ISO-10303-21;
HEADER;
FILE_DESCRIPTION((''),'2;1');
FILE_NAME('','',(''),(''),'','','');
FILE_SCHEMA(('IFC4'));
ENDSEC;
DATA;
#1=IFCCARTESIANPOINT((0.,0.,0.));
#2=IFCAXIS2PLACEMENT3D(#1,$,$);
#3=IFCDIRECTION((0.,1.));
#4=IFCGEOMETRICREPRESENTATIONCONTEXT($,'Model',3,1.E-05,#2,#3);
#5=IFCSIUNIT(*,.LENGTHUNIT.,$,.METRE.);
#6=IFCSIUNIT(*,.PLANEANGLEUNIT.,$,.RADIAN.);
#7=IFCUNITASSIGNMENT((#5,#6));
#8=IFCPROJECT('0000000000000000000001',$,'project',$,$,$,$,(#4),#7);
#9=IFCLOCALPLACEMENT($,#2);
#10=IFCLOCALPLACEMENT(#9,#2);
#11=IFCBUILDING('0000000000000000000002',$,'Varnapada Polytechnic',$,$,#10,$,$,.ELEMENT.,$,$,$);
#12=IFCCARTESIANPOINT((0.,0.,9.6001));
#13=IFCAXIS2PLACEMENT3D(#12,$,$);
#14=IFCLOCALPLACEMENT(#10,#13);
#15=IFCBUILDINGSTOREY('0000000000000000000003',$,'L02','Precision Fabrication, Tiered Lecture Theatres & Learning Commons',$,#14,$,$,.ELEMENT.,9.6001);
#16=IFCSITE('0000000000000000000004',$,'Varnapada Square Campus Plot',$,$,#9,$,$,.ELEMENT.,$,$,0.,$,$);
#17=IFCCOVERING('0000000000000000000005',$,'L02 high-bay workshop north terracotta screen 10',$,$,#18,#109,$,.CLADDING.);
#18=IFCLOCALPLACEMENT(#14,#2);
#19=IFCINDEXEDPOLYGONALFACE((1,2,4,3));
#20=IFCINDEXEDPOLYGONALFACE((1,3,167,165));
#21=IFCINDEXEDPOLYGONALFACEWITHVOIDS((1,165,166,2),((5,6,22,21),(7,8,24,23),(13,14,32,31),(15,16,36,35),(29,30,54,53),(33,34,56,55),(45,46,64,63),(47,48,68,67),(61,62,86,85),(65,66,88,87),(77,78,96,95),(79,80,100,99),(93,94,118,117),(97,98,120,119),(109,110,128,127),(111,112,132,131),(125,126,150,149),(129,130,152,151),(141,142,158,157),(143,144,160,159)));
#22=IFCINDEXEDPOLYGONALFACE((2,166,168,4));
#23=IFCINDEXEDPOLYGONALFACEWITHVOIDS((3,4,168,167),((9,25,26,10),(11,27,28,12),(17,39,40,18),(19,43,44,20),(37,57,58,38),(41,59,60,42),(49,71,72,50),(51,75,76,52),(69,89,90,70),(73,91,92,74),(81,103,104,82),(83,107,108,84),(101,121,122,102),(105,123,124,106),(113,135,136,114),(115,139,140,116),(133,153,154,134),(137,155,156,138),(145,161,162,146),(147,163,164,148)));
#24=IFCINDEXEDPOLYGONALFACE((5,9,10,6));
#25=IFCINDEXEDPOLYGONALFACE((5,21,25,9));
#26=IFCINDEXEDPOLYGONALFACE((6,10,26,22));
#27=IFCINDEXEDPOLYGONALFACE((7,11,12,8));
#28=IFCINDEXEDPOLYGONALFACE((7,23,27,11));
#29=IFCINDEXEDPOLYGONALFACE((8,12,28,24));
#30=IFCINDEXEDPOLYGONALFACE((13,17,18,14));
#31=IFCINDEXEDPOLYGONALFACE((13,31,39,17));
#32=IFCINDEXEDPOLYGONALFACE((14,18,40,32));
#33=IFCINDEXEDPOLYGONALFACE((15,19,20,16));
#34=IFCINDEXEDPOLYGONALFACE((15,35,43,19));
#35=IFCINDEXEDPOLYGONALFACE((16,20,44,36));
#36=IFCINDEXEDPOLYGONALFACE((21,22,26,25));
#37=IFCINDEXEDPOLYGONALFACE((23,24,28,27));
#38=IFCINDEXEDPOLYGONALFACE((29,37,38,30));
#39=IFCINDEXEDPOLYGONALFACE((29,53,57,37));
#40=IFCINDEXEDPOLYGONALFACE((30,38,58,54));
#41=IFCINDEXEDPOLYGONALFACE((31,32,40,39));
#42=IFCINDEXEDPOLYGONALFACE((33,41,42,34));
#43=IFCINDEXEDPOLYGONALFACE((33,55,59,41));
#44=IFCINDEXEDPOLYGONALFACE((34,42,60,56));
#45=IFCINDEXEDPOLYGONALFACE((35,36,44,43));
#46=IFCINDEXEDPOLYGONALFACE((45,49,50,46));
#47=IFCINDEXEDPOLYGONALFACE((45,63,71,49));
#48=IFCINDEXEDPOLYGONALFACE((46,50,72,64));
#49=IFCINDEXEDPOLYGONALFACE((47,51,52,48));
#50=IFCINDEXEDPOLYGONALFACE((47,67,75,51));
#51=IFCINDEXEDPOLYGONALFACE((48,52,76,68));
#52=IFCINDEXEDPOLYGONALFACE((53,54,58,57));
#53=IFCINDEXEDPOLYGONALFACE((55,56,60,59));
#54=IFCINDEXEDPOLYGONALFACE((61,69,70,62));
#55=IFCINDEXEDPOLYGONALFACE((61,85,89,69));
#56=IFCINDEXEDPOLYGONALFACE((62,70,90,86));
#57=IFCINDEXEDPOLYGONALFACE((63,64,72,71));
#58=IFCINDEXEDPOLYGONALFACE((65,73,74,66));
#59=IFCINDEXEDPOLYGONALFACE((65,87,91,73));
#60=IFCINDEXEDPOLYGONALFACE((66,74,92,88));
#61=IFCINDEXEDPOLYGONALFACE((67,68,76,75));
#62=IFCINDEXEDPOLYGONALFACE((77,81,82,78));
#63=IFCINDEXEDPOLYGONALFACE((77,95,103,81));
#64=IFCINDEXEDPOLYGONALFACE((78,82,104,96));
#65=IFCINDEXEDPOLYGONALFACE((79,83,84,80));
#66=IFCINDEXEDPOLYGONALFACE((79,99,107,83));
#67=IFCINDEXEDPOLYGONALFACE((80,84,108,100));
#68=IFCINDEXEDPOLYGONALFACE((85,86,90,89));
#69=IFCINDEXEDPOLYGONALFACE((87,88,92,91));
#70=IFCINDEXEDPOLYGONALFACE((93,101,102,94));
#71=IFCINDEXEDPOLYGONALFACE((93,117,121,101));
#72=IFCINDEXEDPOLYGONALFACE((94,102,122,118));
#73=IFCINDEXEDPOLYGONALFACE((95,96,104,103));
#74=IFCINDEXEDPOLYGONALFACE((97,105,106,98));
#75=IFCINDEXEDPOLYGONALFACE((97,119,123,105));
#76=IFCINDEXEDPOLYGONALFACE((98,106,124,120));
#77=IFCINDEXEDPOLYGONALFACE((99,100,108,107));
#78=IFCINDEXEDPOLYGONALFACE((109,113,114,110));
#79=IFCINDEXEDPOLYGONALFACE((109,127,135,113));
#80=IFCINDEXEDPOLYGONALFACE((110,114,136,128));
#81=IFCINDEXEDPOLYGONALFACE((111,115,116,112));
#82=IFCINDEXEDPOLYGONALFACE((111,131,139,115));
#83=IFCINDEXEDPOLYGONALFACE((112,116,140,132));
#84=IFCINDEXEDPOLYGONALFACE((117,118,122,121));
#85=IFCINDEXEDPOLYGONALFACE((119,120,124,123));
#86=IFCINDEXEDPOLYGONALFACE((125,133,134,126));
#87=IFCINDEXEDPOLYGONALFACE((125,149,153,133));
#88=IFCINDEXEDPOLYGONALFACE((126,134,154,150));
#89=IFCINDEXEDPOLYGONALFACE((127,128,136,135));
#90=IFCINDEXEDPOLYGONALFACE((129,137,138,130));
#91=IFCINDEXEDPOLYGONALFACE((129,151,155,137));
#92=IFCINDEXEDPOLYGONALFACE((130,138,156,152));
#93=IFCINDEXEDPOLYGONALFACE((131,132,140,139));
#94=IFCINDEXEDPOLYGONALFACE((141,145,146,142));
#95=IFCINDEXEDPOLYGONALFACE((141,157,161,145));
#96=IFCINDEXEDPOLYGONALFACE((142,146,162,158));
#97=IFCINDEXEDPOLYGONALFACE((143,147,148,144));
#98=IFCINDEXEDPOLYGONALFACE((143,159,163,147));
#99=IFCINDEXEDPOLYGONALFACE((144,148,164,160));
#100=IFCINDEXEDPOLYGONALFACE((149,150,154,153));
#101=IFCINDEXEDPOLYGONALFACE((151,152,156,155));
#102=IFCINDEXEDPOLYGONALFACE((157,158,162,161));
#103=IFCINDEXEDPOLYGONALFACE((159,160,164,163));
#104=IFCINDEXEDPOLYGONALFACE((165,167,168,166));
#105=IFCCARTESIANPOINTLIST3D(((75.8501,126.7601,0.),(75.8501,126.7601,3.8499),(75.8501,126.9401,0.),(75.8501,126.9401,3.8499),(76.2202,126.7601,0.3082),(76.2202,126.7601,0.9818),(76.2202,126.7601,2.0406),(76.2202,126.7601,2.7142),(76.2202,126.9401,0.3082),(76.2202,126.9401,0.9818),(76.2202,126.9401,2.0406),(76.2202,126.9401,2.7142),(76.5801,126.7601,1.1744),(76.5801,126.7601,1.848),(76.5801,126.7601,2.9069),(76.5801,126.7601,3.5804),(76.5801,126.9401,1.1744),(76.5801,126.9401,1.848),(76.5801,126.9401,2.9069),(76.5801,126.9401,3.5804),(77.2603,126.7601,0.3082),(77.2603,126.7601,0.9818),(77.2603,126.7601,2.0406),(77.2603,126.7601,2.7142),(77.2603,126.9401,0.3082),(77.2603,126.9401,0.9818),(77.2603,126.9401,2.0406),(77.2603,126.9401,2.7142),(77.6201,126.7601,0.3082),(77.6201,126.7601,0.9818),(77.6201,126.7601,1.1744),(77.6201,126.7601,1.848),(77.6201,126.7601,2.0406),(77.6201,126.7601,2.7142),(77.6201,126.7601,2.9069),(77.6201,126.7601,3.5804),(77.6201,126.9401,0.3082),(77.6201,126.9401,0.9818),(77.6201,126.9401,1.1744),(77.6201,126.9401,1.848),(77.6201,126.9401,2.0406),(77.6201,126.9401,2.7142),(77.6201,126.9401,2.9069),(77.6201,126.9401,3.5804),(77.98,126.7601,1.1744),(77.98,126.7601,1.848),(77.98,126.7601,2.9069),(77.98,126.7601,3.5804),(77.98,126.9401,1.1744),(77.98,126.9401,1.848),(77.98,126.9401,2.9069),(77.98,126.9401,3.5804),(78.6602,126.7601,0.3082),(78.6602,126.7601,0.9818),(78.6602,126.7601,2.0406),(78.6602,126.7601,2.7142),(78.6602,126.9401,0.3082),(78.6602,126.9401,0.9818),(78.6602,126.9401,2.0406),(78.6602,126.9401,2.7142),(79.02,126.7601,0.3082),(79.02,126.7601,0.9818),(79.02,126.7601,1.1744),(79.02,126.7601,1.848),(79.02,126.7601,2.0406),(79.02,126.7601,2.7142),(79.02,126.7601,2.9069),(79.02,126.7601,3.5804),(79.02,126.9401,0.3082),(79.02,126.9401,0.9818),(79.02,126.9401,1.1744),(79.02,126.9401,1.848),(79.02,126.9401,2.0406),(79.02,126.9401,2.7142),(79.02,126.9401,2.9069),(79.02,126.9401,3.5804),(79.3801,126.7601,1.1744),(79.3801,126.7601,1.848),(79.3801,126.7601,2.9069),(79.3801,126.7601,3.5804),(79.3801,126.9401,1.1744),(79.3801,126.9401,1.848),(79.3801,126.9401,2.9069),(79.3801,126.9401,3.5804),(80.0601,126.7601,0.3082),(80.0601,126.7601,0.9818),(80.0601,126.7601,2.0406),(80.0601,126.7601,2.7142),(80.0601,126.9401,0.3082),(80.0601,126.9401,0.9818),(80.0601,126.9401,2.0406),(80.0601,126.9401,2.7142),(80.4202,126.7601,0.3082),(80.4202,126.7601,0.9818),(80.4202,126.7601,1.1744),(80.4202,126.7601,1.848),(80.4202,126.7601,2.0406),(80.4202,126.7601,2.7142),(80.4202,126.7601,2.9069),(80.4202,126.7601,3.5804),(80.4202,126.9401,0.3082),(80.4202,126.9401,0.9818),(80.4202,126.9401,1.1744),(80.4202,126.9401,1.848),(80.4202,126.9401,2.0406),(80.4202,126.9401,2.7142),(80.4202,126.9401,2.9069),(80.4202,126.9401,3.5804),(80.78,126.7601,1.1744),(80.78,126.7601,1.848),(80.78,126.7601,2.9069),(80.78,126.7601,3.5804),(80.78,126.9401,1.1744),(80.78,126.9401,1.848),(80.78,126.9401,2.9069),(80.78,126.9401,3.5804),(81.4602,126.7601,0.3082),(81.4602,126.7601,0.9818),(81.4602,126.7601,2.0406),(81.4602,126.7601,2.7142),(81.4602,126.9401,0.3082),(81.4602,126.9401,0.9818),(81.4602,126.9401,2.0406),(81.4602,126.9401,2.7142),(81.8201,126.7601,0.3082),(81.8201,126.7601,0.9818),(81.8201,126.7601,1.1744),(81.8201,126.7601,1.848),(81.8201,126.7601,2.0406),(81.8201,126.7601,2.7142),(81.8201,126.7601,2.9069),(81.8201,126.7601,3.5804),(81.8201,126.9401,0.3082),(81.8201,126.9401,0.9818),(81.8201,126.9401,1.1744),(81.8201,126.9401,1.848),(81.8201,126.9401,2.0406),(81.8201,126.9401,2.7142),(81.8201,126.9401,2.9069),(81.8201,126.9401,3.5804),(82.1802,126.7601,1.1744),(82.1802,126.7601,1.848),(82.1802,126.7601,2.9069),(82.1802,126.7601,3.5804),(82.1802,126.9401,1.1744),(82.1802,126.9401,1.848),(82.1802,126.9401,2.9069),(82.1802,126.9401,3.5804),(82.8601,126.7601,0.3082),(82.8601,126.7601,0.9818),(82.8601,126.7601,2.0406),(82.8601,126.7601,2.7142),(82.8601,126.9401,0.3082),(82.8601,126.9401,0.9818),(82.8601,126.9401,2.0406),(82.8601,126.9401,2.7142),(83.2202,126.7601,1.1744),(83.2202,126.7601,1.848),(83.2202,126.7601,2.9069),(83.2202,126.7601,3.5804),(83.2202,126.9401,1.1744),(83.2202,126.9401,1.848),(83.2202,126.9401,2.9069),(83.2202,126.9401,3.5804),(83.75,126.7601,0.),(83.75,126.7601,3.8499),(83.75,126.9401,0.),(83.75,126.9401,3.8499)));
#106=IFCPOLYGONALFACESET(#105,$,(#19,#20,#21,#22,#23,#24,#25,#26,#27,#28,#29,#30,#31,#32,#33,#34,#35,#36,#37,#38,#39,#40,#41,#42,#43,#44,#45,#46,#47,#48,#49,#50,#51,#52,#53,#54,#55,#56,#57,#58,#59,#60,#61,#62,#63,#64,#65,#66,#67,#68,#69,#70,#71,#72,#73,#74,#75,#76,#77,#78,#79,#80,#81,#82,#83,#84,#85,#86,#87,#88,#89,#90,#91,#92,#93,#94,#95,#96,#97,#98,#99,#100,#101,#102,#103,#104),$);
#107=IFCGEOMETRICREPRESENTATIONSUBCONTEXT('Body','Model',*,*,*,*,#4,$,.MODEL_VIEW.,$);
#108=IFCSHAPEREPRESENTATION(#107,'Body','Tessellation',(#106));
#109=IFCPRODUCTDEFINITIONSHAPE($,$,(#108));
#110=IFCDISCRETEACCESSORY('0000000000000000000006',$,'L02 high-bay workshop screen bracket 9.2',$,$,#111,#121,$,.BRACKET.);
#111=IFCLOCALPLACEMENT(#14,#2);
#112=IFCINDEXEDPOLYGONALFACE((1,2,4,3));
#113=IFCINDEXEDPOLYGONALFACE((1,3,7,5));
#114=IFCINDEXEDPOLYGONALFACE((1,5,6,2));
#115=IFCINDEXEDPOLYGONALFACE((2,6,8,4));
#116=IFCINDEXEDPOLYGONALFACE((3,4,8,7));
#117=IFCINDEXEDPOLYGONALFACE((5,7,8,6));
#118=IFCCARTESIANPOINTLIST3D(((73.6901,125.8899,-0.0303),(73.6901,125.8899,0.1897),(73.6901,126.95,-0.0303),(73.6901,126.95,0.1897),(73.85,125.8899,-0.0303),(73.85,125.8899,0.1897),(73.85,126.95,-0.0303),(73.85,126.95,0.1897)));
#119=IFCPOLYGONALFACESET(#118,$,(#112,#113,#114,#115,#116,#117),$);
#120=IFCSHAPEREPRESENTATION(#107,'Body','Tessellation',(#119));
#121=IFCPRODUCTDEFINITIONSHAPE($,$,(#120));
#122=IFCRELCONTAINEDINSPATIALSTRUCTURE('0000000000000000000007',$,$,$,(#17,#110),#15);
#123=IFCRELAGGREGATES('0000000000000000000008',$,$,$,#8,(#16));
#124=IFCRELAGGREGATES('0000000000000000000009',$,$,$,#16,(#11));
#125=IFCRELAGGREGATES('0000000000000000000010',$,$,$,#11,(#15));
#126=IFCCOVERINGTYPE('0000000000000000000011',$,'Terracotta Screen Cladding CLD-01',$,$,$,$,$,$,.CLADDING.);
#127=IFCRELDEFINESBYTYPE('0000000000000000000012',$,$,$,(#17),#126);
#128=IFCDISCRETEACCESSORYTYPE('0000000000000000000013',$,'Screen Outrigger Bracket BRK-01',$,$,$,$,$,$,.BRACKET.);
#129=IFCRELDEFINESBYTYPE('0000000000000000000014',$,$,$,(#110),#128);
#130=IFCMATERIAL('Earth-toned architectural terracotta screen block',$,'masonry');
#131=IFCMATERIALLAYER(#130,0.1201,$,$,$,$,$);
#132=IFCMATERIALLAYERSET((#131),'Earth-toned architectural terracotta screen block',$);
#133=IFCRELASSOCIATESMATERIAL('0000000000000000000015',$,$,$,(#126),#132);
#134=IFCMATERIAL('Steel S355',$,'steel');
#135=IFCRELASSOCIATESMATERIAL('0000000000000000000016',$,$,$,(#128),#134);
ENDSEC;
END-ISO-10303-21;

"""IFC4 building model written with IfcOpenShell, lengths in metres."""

from ifc_helpers import new_model, si_unit, direction, frame, frame_2d, origin, origin_2d, place, context, subcontext, project, spatial, rectangle, extrude, material, layer, layer_set, type_object, element, save


model = new_model("IFC4")

# Units and contexts
model_context = context("Model", 3, precision=1e-05, world=origin(), true_north=direction((0.0, 1.0)))
body_context = subcontext(model_context, "Body", "Model", "MODEL_VIEW")
ifc_project = project(units=[si_unit("LENGTHUNIT", "METRE"), si_unit("PLANEANGLEUNIT", "RADIAN")], contexts=[model_context])

# Site, building, storey
site_placement = place(None, origin())
site = spatial("IfcSite", under=ifc_project, at=site_placement, Name="Varnapada Square Campus Plot", CompositionType="ELEMENT", RefElevation=0.0)
building_placement = place(site_placement, origin())
building = spatial("IfcBuilding", under=site, at=building_placement, Name="Varnapada Polytechnic", CompositionType="ELEMENT")
storey_placement = place(building_placement, frame((0.0, 0.0, 9.6001)))
storey = spatial("IfcBuildingStorey", under=building, at=storey_placement, Name="L02", Description="Precision Fabrication, Tiered Lecture Theatres & Learning Commons", CompositionType="ELEMENT", Elevation=9.6001)

# Covering, openings
ifc_material_1 = material(Name="Earth-toned architectural terracotta screen block", Category="masonry")
ifc_layer_1 = layer(ifc_material_1, 0.1201)
ifc_layer_set_1 = layer_set([ifc_layer_1], Name="Earth-toned architectural terracotta screen block")
covering_type = type_object("IfcCoveringType", Name="Terracotta Screen Cladding CLD-01", PredefinedType="CLADDING", material=ifc_layer_set_1)
covering_placement = place(storey_placement, frame((75.8501, 126.8501, 0.0), z_axis=(0.0, 0.0, 1.0), x_axis=(1.0, 0.0, 0.0)))
covering = element("IfcCovering", 1, at=covering_placement, inside=storey, type_object=covering_type, Name="L02 high-bay workshop north terracotta screen 10", PredefinedType="CLADDING", context=body_context, shape_type="SweptSolid", body=[
    extrude(rectangle(XDim=7.8999, YDim=0.1799, at=frame_2d((3.95, 0.0))), origin(), (0.0, 0.0, 1.0), 3.8499),
])
opening_1_placement = place(covering_placement, frame((0.3701, 0.0, 0.3081)))
element("IfcOpeningElement", 2, at=opening_1_placement, cuts=covering, PredefinedType="OPENING", context=body_context, shape_type="SweptSolid", body=[
    extrude(rectangle(XDim=1.04, YDim=0.6736, at=frame_2d((0.52, 0.3369))), frame((0.0, 0.0999, 0.0), z_axis=(0.0, -1.0, 0.0), x_axis=(1.0, 0.0, 0.0)), (0.0, 0.0, 1.0), 0.2),
])
opening_2_placement = place(covering_placement, frame((1.77, 0.0, 0.3081)))
element("IfcOpeningElement", 3, at=opening_2_placement, cuts=covering, PredefinedType="OPENING", context=body_context, shape_type="SweptSolid", body=[
    extrude(rectangle(XDim=1.04, YDim=0.6736, at=frame_2d((0.52, 0.3369))), frame((0.0, 0.0999, 0.0), z_axis=(0.0, -1.0, 0.0), x_axis=(1.0, 0.0, 0.0)), (0.0, 0.0, 1.0), 0.2),
])
opening_3_placement = place(covering_placement, frame((3.1699, 0.0, 0.3081)))
element("IfcOpeningElement", 4, at=opening_3_placement, cuts=covering, PredefinedType="OPENING", context=body_context, shape_type="SweptSolid", body=[
    extrude(rectangle(XDim=1.04, YDim=0.6736, at=frame_2d((0.52, 0.3369))), frame((0.0, 0.0999, 0.0), z_axis=(0.0, -1.0, 0.0), x_axis=(1.0, 0.0, 0.0)), (0.0, 0.0, 1.0), 0.2),
])
opening_4_placement = place(covering_placement, frame((4.5701, 0.0, 0.3081)))
element("IfcOpeningElement", 5, at=opening_4_placement, cuts=covering, PredefinedType="OPENING", context=body_context, shape_type="SweptSolid", body=[
    extrude(rectangle(XDim=1.04, YDim=0.6736, at=frame_2d((0.52, 0.3369))), frame((0.0, 0.0999, 0.0), z_axis=(0.0, -1.0, 0.0), x_axis=(1.0, 0.0, 0.0)), (0.0, 0.0, 1.0), 0.2),
])
opening_5_placement = place(covering_placement, frame((5.97, 0.0, 0.3081)))
element("IfcOpeningElement", 6, at=opening_5_placement, cuts=covering, PredefinedType="OPENING", context=body_context, shape_type="SweptSolid", body=[
    extrude(rectangle(XDim=1.04, YDim=0.6736, at=frame_2d((0.52, 0.3369))), frame((0.0, 0.0999, 0.0), z_axis=(0.0, -1.0, 0.0), x_axis=(1.0, 0.0, 0.0)), (0.0, 0.0, 1.0), 0.2),
])
opening_6_placement = place(covering_placement, frame((0.73, 0.0, 1.1743)))
element("IfcOpeningElement", 7, at=opening_6_placement, cuts=covering, PredefinedType="OPENING", context=body_context, shape_type="SweptSolid", body=[
    extrude(rectangle(XDim=1.04, YDim=0.6736, at=frame_2d((0.52, 0.3369))), frame((0.0, 0.0999, 0.0), z_axis=(0.0, -1.0, 0.0), x_axis=(1.0, 0.0, 0.0)), (0.0, 0.0, 1.0), 0.2),
])
opening_7_placement = place(covering_placement, frame((2.1299, 0.0, 1.1743)))
element("IfcOpeningElement", 8, at=opening_7_placement, cuts=covering, PredefinedType="OPENING", context=body_context, shape_type="SweptSolid", body=[
    extrude(rectangle(XDim=1.04, YDim=0.6736, at=frame_2d((0.52, 0.3369))), frame((0.0, 0.0999, 0.0), z_axis=(0.0, -1.0, 0.0), x_axis=(1.0, 0.0, 0.0)), (0.0, 0.0, 1.0), 0.2),
])
opening_8_placement = place(covering_placement, frame((3.53, 0.0, 1.1743)))
element("IfcOpeningElement", 9, at=opening_8_placement, cuts=covering, PredefinedType="OPENING", context=body_context, shape_type="SweptSolid", body=[
    extrude(rectangle(XDim=1.04, YDim=0.6736, at=frame_2d((0.52, 0.3369))), frame((0.0, 0.0999, 0.0), z_axis=(0.0, -1.0, 0.0), x_axis=(1.0, 0.0, 0.0)), (0.0, 0.0, 1.0), 0.2),
])
opening_9_placement = place(covering_placement, frame((4.9299, 0.0, 1.1743)))
element("IfcOpeningElement", 10, at=opening_9_placement, cuts=covering, PredefinedType="OPENING", context=body_context, shape_type="SweptSolid", body=[
    extrude(rectangle(XDim=1.04, YDim=0.6736, at=frame_2d((0.52, 0.3369))), frame((0.0, 0.0999, 0.0), z_axis=(0.0, -1.0, 0.0), x_axis=(1.0, 0.0, 0.0)), (0.0, 0.0, 1.0), 0.2),
])
opening_10_placement = place(covering_placement, frame((6.3301, 0.0, 1.1743)))
element("IfcOpeningElement", 11, at=opening_10_placement, cuts=covering, PredefinedType="OPENING", context=body_context, shape_type="SweptSolid", body=[
    extrude(rectangle(XDim=1.04, YDim=0.6736, at=frame_2d((0.52, 0.3369))), frame((0.0, 0.0999, 0.0), z_axis=(0.0, -1.0, 0.0), x_axis=(1.0, 0.0, 0.0)), (0.0, 0.0, 1.0), 0.2),
])
opening_11_placement = place(covering_placement, frame((0.3701, 0.0, 2.0405)))
element("IfcOpeningElement", 12, at=opening_11_placement, cuts=covering, PredefinedType="OPENING", context=body_context, shape_type="SweptSolid", body=[
    extrude(rectangle(XDim=1.04, YDim=0.6736, at=frame_2d((0.52, 0.3369))), frame((0.0, 0.0999, 0.0), z_axis=(0.0, -1.0, 0.0), x_axis=(1.0, 0.0, 0.0)), (0.0, 0.0, 1.0), 0.2),
])
opening_12_placement = place(covering_placement, frame((1.77, 0.0, 2.0405)))
element("IfcOpeningElement", 13, at=opening_12_placement, cuts=covering, PredefinedType="OPENING", context=body_context, shape_type="SweptSolid", body=[
    extrude(rectangle(XDim=1.04, YDim=0.6736, at=frame_2d((0.52, 0.3369))), frame((0.0, 0.0999, 0.0), z_axis=(0.0, -1.0, 0.0), x_axis=(1.0, 0.0, 0.0)), (0.0, 0.0, 1.0), 0.2),
])
opening_13_placement = place(covering_placement, frame((3.1699, 0.0, 2.0405)))
element("IfcOpeningElement", 14, at=opening_13_placement, cuts=covering, PredefinedType="OPENING", context=body_context, shape_type="SweptSolid", body=[
    extrude(rectangle(XDim=1.04, YDim=0.6736, at=frame_2d((0.52, 0.3369))), frame((0.0, 0.0999, 0.0), z_axis=(0.0, -1.0, 0.0), x_axis=(1.0, 0.0, 0.0)), (0.0, 0.0, 1.0), 0.2),
])
opening_14_placement = place(covering_placement, frame((4.5701, 0.0, 2.0405)))
element("IfcOpeningElement", 15, at=opening_14_placement, cuts=covering, PredefinedType="OPENING", context=body_context, shape_type="SweptSolid", body=[
    extrude(rectangle(XDim=1.04, YDim=0.6736, at=frame_2d((0.52, 0.3369))), frame((0.0, 0.0999, 0.0), z_axis=(0.0, -1.0, 0.0), x_axis=(1.0, 0.0, 0.0)), (0.0, 0.0, 1.0), 0.2),
])
opening_15_placement = place(covering_placement, frame((5.97, 0.0, 2.0405)))
element("IfcOpeningElement", 16, at=opening_15_placement, cuts=covering, PredefinedType="OPENING", context=body_context, shape_type="SweptSolid", body=[
    extrude(rectangle(XDim=1.04, YDim=0.6736, at=frame_2d((0.52, 0.3369))), frame((0.0, 0.0999, 0.0), z_axis=(0.0, -1.0, 0.0), x_axis=(1.0, 0.0, 0.0)), (0.0, 0.0, 1.0), 0.2),
])
opening_16_placement = place(covering_placement, frame((0.73, 0.0, 2.9067)))
element("IfcOpeningElement", 17, at=opening_16_placement, cuts=covering, PredefinedType="OPENING", context=body_context, shape_type="SweptSolid", body=[
    extrude(rectangle(XDim=1.04, YDim=0.6736, at=frame_2d((0.52, 0.3369))), frame((0.0, 0.0999, 0.0), z_axis=(0.0, -1.0, 0.0), x_axis=(1.0, 0.0, 0.0)), (0.0, 0.0, 1.0), 0.2),
])
opening_17_placement = place(covering_placement, frame((2.1299, 0.0, 2.9067)))
element("IfcOpeningElement", 18, at=opening_17_placement, cuts=covering, PredefinedType="OPENING", context=body_context, shape_type="SweptSolid", body=[
    extrude(rectangle(XDim=1.04, YDim=0.6736, at=frame_2d((0.52, 0.3369))), frame((0.0, 0.0999, 0.0), z_axis=(0.0, -1.0, 0.0), x_axis=(1.0, 0.0, 0.0)), (0.0, 0.0, 1.0), 0.2),
])
opening_18_placement = place(covering_placement, frame((3.53, 0.0, 2.9067)))
element("IfcOpeningElement", 19, at=opening_18_placement, cuts=covering, PredefinedType="OPENING", context=body_context, shape_type="SweptSolid", body=[
    extrude(rectangle(XDim=1.04, YDim=0.6736, at=frame_2d((0.52, 0.3369))), frame((0.0, 0.0999, 0.0), z_axis=(0.0, -1.0, 0.0), x_axis=(1.0, 0.0, 0.0)), (0.0, 0.0, 1.0), 0.2),
])
opening_19_placement = place(covering_placement, frame((4.9299, 0.0, 2.9067)))
element("IfcOpeningElement", 20, at=opening_19_placement, cuts=covering, PredefinedType="OPENING", context=body_context, shape_type="SweptSolid", body=[
    extrude(rectangle(XDim=1.04, YDim=0.6736, at=frame_2d((0.52, 0.3369))), frame((0.0, 0.0999, 0.0), z_axis=(0.0, -1.0, 0.0), x_axis=(1.0, 0.0, 0.0)), (0.0, 0.0, 1.0), 0.2),
])
opening_20_placement = place(covering_placement, frame((6.3301, 0.0, 2.9067)))
element("IfcOpeningElement", 21, at=opening_20_placement, cuts=covering, PredefinedType="OPENING", context=body_context, shape_type="SweptSolid", body=[
    extrude(rectangle(XDim=1.04, YDim=0.6736, at=frame_2d((0.52, 0.3369))), frame((0.0, 0.0999, 0.0), z_axis=(0.0, -1.0, 0.0), x_axis=(1.0, 0.0, 0.0)), (0.0, 0.0, 1.0), 0.2),
])

# Discrete accessory
ifc_material_2 = material(Name="Steel S355", Category="steel")
discrete_accessory_type = type_object("IfcDiscreteAccessoryType", Name="Screen Outrigger Bracket BRK-01", PredefinedType="BRACKET", material=ifc_material_2)
for number, where, z_axis, x_axis, name in (
    (22, (73.77, 126.4199, -0.0303), (0.0, 0.0, 1.0), (1.0, 0.0, 0.0), "L02 high-bay workshop screen bracket 9.2"),
):
    element("IfcDiscreteAccessory", number, at=place(storey_placement, frame(where, z_axis=z_axis, x_axis=x_axis)), inside=storey, type_object=discrete_accessory_type, Name=name, PredefinedType="BRACKET", context=body_context, shape_type="SweptSolid", body=[
        extrude(rectangle(XDim=0.1599, YDim=1.0601, at=origin_2d()), origin(), (0.0, 0.0, 1.0), 0.22),
    ])

save(model, "model.ifc")
